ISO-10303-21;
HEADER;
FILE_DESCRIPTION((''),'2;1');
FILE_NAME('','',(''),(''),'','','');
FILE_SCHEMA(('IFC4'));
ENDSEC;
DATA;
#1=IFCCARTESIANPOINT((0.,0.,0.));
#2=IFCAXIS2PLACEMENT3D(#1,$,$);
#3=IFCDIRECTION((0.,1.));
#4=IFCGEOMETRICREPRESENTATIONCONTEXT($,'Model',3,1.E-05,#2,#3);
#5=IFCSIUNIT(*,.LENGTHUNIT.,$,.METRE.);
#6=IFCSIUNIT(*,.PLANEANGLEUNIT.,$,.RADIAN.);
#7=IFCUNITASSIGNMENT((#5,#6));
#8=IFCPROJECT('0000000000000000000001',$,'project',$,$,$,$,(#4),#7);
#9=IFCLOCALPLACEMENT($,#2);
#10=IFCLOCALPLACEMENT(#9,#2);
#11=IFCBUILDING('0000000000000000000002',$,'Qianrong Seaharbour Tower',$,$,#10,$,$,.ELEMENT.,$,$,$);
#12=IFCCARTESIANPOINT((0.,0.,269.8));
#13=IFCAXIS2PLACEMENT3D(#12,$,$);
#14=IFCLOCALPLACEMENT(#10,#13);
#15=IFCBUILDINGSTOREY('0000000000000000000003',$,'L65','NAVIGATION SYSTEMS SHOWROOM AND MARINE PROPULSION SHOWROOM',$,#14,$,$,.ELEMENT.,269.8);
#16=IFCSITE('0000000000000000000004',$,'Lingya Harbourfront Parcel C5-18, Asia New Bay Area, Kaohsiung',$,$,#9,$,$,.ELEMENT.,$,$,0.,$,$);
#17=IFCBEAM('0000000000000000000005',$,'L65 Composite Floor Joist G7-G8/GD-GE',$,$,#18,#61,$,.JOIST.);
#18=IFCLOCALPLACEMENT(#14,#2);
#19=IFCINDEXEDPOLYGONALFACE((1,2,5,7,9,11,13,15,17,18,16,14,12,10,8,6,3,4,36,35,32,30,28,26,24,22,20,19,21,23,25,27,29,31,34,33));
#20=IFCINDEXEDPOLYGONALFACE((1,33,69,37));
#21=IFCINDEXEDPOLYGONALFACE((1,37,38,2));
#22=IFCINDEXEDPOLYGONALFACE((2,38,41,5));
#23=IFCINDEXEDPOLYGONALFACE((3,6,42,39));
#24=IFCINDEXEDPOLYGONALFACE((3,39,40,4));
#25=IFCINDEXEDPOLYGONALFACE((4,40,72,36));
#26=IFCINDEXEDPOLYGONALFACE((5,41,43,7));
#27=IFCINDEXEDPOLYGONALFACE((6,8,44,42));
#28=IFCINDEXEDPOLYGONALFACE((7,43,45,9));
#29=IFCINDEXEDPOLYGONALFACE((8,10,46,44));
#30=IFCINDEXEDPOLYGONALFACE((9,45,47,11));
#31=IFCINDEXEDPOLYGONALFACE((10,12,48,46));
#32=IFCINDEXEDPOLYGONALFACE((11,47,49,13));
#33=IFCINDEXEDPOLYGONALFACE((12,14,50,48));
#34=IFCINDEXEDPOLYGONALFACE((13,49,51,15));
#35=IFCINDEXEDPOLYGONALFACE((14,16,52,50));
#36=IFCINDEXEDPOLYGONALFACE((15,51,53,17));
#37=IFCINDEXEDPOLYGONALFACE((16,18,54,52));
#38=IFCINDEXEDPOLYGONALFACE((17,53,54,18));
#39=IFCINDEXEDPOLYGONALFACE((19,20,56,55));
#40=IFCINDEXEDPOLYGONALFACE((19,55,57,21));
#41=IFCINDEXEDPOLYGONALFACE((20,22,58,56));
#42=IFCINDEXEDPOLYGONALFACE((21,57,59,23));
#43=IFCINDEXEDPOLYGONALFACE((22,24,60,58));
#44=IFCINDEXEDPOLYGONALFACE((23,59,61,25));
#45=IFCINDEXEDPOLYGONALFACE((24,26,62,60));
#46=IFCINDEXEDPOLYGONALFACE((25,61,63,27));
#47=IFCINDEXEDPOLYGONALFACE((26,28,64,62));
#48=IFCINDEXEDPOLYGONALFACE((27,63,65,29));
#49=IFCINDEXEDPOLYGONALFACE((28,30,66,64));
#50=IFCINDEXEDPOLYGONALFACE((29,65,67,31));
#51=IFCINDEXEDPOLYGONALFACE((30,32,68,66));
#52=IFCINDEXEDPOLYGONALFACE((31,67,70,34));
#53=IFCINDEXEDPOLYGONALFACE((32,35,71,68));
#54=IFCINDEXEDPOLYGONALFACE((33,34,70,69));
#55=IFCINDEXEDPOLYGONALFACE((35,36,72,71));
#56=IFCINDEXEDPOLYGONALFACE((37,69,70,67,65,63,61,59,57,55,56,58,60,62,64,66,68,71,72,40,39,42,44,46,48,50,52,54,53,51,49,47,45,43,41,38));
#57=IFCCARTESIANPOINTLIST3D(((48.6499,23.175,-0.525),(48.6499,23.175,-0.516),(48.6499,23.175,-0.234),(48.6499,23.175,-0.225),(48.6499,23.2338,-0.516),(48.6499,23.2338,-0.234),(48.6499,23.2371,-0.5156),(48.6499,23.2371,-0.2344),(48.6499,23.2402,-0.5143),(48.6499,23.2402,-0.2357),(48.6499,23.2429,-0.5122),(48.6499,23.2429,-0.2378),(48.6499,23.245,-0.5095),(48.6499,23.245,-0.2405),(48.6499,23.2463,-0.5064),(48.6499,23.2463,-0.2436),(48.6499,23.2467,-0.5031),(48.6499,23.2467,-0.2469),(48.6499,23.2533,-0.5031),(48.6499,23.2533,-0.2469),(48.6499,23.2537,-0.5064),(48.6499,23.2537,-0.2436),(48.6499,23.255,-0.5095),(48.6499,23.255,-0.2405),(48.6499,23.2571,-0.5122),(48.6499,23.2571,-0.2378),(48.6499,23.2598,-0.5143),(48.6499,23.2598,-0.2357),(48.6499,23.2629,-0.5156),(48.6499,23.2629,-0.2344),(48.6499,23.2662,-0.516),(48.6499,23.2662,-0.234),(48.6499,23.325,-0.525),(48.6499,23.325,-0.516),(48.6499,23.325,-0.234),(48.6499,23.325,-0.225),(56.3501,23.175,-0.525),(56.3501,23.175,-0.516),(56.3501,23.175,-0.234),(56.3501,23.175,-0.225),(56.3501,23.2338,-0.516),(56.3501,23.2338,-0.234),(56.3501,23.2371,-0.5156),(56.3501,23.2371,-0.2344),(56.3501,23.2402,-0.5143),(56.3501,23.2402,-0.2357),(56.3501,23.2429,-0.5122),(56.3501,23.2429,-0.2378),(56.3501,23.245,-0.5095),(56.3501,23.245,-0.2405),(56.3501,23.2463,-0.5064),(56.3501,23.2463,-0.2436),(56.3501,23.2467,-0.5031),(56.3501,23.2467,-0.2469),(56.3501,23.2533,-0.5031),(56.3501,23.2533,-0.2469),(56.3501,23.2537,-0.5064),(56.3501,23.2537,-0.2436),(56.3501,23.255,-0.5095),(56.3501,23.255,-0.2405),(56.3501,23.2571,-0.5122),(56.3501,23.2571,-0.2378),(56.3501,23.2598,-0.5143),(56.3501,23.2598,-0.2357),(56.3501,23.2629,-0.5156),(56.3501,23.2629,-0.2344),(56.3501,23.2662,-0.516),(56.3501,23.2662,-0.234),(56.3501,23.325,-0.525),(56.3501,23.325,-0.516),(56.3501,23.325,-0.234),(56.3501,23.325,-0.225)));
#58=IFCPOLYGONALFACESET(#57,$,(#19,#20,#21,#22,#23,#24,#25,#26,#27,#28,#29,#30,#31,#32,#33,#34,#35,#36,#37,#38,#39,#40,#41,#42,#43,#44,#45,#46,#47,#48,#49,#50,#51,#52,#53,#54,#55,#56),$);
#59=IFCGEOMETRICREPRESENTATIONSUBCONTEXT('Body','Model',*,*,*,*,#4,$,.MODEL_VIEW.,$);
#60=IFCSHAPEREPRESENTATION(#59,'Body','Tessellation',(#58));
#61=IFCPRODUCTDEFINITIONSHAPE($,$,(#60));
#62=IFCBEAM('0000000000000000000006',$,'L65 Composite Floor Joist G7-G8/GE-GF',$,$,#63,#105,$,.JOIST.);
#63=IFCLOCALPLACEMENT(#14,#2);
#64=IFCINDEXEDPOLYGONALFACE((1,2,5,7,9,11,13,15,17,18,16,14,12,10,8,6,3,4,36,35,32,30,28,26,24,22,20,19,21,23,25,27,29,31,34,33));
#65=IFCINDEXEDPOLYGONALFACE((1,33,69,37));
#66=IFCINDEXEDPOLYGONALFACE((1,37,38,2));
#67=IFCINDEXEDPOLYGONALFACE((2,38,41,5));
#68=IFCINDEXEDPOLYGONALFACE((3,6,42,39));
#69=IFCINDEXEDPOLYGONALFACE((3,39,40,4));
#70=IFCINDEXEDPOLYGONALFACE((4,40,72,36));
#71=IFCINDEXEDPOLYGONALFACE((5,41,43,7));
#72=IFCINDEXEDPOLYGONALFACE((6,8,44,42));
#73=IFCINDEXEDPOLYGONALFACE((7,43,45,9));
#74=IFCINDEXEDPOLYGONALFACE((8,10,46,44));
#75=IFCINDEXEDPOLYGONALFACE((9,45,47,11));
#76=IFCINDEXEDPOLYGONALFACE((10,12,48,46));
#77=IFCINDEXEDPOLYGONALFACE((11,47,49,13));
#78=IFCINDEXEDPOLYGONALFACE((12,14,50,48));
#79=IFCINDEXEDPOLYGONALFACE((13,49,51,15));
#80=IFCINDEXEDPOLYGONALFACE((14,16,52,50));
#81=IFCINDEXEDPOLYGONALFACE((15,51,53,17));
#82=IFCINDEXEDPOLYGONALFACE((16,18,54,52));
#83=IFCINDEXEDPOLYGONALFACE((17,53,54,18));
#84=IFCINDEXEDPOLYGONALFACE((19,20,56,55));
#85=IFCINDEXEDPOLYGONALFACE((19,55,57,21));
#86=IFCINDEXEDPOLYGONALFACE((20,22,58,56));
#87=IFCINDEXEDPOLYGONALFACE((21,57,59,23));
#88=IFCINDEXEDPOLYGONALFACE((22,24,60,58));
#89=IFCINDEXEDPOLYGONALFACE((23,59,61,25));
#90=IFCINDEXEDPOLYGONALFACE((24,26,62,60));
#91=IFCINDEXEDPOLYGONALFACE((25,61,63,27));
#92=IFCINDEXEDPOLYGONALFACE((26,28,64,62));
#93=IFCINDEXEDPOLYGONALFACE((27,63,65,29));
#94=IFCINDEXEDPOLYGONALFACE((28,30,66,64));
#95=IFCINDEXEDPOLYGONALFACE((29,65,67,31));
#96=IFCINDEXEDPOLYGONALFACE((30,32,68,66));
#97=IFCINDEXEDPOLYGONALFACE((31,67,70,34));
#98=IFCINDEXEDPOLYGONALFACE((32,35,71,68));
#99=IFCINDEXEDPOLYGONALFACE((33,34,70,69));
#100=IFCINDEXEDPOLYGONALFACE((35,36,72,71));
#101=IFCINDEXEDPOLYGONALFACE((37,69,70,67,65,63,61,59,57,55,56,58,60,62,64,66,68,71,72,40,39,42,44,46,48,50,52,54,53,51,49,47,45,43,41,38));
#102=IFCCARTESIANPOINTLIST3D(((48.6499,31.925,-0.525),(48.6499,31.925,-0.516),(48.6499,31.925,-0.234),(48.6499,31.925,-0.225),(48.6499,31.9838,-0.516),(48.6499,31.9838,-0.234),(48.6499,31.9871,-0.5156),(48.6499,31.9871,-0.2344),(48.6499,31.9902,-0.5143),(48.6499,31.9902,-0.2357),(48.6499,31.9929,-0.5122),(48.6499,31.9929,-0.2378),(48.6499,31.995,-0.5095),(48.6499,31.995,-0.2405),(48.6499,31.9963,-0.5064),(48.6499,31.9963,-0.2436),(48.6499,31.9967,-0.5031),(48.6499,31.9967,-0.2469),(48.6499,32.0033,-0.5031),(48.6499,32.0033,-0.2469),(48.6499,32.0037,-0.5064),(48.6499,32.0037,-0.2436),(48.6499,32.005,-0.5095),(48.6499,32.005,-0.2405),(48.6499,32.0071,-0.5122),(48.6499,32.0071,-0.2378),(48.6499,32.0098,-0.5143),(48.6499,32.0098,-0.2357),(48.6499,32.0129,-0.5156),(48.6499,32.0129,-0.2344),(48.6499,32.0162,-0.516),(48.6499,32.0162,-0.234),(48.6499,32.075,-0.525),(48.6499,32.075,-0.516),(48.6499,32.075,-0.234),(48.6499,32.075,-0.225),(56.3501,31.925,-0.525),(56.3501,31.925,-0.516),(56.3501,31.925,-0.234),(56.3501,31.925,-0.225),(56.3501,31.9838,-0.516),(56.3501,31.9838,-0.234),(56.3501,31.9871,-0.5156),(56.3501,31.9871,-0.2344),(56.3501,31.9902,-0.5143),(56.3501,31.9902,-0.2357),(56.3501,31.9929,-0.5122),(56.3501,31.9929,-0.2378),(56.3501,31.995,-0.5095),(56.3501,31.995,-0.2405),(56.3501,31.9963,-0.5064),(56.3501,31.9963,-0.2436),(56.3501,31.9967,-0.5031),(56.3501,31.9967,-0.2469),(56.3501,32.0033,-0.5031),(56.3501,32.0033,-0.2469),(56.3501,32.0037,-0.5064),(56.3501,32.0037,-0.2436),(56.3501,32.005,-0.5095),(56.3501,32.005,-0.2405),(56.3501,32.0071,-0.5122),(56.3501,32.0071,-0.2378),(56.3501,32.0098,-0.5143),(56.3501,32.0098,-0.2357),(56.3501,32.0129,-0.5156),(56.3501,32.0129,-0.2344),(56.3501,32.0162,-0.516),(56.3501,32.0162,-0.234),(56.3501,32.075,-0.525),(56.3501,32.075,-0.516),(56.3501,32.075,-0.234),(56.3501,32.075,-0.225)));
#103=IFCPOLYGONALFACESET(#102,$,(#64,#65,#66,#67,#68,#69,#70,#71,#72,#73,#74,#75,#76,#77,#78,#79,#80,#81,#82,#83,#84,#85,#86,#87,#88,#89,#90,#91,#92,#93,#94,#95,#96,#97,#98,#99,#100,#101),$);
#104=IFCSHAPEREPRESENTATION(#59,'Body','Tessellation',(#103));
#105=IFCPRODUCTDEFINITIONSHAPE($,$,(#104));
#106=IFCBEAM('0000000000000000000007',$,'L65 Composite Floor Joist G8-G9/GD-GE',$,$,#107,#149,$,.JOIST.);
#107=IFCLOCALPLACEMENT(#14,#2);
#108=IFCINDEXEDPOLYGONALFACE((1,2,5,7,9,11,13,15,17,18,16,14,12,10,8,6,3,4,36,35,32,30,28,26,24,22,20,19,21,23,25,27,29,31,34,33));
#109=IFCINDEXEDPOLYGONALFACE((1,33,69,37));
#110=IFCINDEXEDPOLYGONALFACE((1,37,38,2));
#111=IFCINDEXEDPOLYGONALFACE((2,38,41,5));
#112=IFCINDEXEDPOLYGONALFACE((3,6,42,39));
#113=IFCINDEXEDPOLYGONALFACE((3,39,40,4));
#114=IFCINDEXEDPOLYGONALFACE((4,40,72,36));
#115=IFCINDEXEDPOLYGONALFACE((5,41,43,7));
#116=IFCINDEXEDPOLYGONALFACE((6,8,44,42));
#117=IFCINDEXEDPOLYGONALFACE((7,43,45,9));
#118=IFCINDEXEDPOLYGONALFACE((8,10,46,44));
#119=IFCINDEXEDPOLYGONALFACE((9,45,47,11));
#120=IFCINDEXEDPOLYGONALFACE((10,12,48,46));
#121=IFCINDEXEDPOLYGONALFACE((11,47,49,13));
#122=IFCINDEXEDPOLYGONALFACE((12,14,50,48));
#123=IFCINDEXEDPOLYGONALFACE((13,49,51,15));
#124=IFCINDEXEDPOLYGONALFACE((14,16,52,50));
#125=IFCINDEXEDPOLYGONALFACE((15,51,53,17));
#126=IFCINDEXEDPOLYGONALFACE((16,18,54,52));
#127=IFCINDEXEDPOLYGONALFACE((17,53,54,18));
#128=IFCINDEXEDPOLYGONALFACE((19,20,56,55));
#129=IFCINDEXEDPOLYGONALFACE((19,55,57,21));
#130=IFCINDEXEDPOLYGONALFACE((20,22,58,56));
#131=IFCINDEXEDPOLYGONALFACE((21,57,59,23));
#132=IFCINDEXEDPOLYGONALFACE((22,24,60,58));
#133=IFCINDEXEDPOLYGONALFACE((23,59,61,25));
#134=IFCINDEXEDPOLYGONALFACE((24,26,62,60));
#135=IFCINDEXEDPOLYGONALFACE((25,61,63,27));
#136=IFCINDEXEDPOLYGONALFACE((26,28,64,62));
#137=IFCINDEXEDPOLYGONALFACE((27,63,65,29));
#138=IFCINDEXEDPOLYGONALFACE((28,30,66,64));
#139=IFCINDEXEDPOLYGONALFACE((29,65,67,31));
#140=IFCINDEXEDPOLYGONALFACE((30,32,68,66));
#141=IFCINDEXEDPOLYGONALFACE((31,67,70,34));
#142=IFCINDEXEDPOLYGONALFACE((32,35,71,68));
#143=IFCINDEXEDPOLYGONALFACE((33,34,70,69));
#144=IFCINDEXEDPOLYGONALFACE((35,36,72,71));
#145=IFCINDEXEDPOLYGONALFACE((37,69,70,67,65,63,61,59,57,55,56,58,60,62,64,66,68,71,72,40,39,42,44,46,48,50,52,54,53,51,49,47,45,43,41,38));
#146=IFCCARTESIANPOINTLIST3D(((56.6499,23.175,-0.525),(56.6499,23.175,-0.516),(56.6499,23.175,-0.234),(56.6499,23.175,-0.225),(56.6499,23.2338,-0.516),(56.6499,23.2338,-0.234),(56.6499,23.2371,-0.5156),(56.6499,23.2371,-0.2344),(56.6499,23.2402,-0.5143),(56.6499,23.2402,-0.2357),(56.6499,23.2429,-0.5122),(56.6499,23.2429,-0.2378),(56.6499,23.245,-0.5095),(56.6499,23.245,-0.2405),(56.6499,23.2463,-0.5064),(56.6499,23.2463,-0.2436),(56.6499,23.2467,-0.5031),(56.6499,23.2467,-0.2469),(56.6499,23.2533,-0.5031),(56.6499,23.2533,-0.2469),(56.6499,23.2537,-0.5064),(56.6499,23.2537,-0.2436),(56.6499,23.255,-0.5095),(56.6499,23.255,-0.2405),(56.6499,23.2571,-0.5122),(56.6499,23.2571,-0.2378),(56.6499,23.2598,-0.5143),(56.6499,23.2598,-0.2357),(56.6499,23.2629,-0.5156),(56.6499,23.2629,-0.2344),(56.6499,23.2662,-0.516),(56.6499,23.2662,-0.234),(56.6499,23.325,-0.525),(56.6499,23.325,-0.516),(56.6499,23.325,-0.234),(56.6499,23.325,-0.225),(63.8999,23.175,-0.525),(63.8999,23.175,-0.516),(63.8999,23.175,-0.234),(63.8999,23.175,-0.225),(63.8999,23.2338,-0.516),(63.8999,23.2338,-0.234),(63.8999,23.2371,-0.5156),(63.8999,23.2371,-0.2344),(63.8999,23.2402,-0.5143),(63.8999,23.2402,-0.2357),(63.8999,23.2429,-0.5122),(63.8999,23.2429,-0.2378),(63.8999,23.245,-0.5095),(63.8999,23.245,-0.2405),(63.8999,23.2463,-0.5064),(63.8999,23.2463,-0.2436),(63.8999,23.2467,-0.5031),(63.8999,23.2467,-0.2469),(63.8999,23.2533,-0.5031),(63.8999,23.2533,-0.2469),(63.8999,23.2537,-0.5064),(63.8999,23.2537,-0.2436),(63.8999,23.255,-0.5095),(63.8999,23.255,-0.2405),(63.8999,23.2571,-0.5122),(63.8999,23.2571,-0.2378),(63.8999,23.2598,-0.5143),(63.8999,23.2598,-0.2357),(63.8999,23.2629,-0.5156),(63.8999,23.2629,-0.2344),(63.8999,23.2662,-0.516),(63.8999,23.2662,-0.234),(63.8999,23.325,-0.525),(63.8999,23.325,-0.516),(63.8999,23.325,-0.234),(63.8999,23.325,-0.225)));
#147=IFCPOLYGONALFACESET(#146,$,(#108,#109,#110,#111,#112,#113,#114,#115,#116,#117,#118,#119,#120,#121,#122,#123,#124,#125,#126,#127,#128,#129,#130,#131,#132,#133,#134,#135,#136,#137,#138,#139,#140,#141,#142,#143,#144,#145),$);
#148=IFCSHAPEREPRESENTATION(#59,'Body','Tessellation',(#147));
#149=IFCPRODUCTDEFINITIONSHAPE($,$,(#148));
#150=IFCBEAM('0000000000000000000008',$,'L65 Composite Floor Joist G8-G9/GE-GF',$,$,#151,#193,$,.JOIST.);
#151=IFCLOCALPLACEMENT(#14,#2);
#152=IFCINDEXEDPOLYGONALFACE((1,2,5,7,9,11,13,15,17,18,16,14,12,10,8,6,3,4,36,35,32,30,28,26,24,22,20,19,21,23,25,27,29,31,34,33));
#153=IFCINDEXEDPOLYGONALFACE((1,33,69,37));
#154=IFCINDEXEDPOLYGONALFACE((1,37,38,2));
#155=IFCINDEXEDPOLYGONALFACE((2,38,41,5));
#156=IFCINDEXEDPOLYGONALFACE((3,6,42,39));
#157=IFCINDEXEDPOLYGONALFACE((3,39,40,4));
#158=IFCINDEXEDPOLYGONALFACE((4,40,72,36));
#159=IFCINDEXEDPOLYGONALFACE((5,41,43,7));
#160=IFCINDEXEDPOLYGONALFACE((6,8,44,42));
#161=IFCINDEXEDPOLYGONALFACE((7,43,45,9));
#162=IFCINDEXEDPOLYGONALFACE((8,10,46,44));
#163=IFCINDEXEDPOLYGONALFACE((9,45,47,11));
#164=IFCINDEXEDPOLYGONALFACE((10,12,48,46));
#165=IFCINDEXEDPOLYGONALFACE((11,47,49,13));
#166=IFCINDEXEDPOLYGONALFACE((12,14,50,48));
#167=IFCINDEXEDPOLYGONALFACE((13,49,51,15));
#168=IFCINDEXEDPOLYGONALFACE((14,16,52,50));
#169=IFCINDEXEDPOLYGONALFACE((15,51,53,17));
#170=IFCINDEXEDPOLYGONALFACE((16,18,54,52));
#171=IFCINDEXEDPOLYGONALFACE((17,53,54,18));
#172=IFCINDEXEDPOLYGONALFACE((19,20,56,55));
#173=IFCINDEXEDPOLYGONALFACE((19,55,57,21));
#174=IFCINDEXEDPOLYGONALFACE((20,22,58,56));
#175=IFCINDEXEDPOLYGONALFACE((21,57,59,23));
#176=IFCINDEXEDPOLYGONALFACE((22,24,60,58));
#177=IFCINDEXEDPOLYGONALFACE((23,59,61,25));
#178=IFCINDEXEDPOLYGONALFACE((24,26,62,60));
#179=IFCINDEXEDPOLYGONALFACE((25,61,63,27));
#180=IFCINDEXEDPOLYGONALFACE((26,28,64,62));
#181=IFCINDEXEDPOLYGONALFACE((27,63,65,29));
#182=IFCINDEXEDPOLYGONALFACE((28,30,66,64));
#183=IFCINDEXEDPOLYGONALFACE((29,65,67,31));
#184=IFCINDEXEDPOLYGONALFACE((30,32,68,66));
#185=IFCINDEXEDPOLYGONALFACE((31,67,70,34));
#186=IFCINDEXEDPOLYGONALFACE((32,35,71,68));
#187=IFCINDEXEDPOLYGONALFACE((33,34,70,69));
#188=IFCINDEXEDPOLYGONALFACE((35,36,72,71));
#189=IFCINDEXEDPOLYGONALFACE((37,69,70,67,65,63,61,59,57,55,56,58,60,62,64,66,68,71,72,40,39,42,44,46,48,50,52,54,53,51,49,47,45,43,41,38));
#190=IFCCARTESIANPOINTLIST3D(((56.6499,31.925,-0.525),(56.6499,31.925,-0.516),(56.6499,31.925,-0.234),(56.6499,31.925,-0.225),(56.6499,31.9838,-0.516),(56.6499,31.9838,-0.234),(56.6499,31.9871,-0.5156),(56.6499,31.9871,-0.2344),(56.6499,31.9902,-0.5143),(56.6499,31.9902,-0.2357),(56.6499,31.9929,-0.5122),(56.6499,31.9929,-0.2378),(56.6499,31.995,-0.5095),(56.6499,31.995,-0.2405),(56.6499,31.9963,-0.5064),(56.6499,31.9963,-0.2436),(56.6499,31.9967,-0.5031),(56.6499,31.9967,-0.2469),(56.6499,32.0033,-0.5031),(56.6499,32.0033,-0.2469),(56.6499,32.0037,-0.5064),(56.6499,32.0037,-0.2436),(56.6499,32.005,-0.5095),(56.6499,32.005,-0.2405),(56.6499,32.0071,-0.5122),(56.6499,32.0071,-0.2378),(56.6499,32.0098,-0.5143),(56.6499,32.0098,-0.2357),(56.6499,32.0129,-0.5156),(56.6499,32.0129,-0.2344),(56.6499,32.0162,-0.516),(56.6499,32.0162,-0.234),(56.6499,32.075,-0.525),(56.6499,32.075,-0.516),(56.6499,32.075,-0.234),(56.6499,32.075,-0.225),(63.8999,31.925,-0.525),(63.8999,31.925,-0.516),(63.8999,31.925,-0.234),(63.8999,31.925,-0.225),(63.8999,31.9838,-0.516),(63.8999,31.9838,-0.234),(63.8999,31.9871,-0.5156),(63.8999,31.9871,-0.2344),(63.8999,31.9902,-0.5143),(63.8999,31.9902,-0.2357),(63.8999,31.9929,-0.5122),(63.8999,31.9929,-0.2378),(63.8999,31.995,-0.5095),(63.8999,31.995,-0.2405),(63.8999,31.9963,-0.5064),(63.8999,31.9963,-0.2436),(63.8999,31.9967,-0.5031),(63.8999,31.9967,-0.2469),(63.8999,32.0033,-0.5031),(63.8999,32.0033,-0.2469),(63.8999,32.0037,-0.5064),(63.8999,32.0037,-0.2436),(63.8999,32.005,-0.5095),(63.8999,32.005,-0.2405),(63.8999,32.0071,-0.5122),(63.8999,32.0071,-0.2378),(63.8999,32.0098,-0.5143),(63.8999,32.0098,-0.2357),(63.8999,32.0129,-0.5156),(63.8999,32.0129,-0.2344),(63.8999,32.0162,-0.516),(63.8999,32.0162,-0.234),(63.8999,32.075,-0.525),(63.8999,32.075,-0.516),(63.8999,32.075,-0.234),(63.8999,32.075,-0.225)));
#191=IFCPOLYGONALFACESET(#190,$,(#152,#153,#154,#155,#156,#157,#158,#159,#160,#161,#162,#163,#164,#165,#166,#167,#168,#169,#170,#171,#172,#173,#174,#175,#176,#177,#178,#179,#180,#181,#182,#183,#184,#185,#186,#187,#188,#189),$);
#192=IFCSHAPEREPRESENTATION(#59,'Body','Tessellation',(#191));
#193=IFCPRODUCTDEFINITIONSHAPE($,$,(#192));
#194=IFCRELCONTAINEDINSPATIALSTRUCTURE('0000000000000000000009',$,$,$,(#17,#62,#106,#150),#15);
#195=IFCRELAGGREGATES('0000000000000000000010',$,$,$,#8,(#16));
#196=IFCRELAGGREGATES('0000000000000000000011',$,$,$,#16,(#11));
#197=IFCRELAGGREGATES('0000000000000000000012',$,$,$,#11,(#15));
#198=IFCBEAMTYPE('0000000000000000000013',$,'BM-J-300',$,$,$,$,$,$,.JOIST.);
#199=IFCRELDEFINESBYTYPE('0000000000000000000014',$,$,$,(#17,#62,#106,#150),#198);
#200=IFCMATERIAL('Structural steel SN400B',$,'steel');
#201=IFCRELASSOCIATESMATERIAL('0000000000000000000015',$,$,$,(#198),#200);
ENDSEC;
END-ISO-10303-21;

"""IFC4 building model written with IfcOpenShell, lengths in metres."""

from ifc_helpers import new_model, si_unit, direction, frame, origin, origin_2d, place, context, subcontext, project, spatial, i_section, extrude, material, material_profile, profile_set, type_object, element, save


model = new_model("IFC4")

# Units and contexts
model_context = context("Model", 3, precision=1e-05, world=origin(), true_north=direction((0.0, 1.0)))
body_context = subcontext(model_context, "Body", "Model", "MODEL_VIEW")
ifc_project = project(units=[si_unit("LENGTHUNIT", "METRE"), si_unit("PLANEANGLEUNIT", "RADIAN")], contexts=[model_context])

# Site, building, storey
site_placement = place(None, origin())
site = spatial("IfcSite", under=ifc_project, at=site_placement, Name="Lingya Harbourfront Parcel C5-18, Asia New Bay Area, Kaohsiung", CompositionType="ELEMENT", RefElevation=0.0)
building_placement = place(site_placement, origin())
building = spatial("IfcBuilding", under=site, at=building_placement, Name="Qianrong Seaharbour Tower", CompositionType="ELEMENT")
storey_placement = place(building_placement, frame((0.0, 0.0, 269.8)))
storey = spatial("IfcBuildingStorey", under=building, at=storey_placement, Name="L65", Description="NAVIGATION SYSTEMS SHOWROOM AND MARINE PROPULSION SHOWROOM", CompositionType="ELEMENT", Elevation=269.8)

# Beams
ifc_material_1 = material(Name="Structural steel SN400B", Category="steel")
ifc_material_profile_1 = material_profile(ifc_material_1, i_section(OverallWidth=0.1499, OverallDepth=0.3, WebThickness=0.0066, FlangeThickness=0.009, FilletRadius=0.0129, at=origin_2d()), Name="H300x150x6.5x9")
ifc_profile_set_1 = profile_set([ifc_material_profile_1], Name="Structural steel SN400B")
beam_type_1 = type_object("IfcBeamType", Name="BM-J-300", PredefinedType="JOIST", material=ifc_profile_set_1)
for number, where, z_axis, x_axis, name in (
    (1, (48.6499, 23.25, -0.375), (1.0, 0.0, 0.0), (0.0, 1.0, 0.0), "L65 Composite Floor Joist G7-G8/GD-GE"),
    (2, (48.6499, 32.0, -0.375), (1.0, 0.0, 0.0), (0.0, 1.0, 0.0), "L65 Composite Floor Joist G7-G8/GE-GF"),
):
    element("IfcBeam", number, at=place(storey_placement, frame(where, z_axis=z_axis, x_axis=x_axis)), inside=storey, type_object=beam_type_1, Name=name, PredefinedType="JOIST", context=body_context, shape_type="SweptSolid", body=[
        extrude(i_section(OverallWidth=0.1499, OverallDepth=0.3, WebThickness=0.0066, FlangeThickness=0.009, FilletRadius=0.0129, at=origin_2d()), origin(), (0.0, 0.0, 1.0), 7.7002),
    ])
for number, where, z_axis, x_axis, name in (
    (3, (56.6499, 23.25, -0.375), (1.0, 0.0, 0.0), (0.0, 1.0, 0.0), "L65 Composite Floor Joist G8-G9/GD-GE"),
    (4, (56.6499, 32.0, -0.375), (1.0, 0.0, 0.0), (0.0, 1.0, 0.0), "L65 Composite Floor Joist G8-G9/GE-GF"),
):
    element("IfcBeam", number, at=place(storey_placement, frame(where, z_axis=z_axis, x_axis=x_axis)), inside=storey, type_object=beam_type_1, Name=name, PredefinedType="JOIST", context=body_context, shape_type="SweptSolid", body=[
        extrude(i_section(OverallWidth=0.1499, OverallDepth=0.3, WebThickness=0.0066, FlangeThickness=0.009, FilletRadius=0.0129, at=origin_2d()), origin(), (0.0, 0.0, 1.0), 7.25),
    ])

save(model, "model.ifc")
